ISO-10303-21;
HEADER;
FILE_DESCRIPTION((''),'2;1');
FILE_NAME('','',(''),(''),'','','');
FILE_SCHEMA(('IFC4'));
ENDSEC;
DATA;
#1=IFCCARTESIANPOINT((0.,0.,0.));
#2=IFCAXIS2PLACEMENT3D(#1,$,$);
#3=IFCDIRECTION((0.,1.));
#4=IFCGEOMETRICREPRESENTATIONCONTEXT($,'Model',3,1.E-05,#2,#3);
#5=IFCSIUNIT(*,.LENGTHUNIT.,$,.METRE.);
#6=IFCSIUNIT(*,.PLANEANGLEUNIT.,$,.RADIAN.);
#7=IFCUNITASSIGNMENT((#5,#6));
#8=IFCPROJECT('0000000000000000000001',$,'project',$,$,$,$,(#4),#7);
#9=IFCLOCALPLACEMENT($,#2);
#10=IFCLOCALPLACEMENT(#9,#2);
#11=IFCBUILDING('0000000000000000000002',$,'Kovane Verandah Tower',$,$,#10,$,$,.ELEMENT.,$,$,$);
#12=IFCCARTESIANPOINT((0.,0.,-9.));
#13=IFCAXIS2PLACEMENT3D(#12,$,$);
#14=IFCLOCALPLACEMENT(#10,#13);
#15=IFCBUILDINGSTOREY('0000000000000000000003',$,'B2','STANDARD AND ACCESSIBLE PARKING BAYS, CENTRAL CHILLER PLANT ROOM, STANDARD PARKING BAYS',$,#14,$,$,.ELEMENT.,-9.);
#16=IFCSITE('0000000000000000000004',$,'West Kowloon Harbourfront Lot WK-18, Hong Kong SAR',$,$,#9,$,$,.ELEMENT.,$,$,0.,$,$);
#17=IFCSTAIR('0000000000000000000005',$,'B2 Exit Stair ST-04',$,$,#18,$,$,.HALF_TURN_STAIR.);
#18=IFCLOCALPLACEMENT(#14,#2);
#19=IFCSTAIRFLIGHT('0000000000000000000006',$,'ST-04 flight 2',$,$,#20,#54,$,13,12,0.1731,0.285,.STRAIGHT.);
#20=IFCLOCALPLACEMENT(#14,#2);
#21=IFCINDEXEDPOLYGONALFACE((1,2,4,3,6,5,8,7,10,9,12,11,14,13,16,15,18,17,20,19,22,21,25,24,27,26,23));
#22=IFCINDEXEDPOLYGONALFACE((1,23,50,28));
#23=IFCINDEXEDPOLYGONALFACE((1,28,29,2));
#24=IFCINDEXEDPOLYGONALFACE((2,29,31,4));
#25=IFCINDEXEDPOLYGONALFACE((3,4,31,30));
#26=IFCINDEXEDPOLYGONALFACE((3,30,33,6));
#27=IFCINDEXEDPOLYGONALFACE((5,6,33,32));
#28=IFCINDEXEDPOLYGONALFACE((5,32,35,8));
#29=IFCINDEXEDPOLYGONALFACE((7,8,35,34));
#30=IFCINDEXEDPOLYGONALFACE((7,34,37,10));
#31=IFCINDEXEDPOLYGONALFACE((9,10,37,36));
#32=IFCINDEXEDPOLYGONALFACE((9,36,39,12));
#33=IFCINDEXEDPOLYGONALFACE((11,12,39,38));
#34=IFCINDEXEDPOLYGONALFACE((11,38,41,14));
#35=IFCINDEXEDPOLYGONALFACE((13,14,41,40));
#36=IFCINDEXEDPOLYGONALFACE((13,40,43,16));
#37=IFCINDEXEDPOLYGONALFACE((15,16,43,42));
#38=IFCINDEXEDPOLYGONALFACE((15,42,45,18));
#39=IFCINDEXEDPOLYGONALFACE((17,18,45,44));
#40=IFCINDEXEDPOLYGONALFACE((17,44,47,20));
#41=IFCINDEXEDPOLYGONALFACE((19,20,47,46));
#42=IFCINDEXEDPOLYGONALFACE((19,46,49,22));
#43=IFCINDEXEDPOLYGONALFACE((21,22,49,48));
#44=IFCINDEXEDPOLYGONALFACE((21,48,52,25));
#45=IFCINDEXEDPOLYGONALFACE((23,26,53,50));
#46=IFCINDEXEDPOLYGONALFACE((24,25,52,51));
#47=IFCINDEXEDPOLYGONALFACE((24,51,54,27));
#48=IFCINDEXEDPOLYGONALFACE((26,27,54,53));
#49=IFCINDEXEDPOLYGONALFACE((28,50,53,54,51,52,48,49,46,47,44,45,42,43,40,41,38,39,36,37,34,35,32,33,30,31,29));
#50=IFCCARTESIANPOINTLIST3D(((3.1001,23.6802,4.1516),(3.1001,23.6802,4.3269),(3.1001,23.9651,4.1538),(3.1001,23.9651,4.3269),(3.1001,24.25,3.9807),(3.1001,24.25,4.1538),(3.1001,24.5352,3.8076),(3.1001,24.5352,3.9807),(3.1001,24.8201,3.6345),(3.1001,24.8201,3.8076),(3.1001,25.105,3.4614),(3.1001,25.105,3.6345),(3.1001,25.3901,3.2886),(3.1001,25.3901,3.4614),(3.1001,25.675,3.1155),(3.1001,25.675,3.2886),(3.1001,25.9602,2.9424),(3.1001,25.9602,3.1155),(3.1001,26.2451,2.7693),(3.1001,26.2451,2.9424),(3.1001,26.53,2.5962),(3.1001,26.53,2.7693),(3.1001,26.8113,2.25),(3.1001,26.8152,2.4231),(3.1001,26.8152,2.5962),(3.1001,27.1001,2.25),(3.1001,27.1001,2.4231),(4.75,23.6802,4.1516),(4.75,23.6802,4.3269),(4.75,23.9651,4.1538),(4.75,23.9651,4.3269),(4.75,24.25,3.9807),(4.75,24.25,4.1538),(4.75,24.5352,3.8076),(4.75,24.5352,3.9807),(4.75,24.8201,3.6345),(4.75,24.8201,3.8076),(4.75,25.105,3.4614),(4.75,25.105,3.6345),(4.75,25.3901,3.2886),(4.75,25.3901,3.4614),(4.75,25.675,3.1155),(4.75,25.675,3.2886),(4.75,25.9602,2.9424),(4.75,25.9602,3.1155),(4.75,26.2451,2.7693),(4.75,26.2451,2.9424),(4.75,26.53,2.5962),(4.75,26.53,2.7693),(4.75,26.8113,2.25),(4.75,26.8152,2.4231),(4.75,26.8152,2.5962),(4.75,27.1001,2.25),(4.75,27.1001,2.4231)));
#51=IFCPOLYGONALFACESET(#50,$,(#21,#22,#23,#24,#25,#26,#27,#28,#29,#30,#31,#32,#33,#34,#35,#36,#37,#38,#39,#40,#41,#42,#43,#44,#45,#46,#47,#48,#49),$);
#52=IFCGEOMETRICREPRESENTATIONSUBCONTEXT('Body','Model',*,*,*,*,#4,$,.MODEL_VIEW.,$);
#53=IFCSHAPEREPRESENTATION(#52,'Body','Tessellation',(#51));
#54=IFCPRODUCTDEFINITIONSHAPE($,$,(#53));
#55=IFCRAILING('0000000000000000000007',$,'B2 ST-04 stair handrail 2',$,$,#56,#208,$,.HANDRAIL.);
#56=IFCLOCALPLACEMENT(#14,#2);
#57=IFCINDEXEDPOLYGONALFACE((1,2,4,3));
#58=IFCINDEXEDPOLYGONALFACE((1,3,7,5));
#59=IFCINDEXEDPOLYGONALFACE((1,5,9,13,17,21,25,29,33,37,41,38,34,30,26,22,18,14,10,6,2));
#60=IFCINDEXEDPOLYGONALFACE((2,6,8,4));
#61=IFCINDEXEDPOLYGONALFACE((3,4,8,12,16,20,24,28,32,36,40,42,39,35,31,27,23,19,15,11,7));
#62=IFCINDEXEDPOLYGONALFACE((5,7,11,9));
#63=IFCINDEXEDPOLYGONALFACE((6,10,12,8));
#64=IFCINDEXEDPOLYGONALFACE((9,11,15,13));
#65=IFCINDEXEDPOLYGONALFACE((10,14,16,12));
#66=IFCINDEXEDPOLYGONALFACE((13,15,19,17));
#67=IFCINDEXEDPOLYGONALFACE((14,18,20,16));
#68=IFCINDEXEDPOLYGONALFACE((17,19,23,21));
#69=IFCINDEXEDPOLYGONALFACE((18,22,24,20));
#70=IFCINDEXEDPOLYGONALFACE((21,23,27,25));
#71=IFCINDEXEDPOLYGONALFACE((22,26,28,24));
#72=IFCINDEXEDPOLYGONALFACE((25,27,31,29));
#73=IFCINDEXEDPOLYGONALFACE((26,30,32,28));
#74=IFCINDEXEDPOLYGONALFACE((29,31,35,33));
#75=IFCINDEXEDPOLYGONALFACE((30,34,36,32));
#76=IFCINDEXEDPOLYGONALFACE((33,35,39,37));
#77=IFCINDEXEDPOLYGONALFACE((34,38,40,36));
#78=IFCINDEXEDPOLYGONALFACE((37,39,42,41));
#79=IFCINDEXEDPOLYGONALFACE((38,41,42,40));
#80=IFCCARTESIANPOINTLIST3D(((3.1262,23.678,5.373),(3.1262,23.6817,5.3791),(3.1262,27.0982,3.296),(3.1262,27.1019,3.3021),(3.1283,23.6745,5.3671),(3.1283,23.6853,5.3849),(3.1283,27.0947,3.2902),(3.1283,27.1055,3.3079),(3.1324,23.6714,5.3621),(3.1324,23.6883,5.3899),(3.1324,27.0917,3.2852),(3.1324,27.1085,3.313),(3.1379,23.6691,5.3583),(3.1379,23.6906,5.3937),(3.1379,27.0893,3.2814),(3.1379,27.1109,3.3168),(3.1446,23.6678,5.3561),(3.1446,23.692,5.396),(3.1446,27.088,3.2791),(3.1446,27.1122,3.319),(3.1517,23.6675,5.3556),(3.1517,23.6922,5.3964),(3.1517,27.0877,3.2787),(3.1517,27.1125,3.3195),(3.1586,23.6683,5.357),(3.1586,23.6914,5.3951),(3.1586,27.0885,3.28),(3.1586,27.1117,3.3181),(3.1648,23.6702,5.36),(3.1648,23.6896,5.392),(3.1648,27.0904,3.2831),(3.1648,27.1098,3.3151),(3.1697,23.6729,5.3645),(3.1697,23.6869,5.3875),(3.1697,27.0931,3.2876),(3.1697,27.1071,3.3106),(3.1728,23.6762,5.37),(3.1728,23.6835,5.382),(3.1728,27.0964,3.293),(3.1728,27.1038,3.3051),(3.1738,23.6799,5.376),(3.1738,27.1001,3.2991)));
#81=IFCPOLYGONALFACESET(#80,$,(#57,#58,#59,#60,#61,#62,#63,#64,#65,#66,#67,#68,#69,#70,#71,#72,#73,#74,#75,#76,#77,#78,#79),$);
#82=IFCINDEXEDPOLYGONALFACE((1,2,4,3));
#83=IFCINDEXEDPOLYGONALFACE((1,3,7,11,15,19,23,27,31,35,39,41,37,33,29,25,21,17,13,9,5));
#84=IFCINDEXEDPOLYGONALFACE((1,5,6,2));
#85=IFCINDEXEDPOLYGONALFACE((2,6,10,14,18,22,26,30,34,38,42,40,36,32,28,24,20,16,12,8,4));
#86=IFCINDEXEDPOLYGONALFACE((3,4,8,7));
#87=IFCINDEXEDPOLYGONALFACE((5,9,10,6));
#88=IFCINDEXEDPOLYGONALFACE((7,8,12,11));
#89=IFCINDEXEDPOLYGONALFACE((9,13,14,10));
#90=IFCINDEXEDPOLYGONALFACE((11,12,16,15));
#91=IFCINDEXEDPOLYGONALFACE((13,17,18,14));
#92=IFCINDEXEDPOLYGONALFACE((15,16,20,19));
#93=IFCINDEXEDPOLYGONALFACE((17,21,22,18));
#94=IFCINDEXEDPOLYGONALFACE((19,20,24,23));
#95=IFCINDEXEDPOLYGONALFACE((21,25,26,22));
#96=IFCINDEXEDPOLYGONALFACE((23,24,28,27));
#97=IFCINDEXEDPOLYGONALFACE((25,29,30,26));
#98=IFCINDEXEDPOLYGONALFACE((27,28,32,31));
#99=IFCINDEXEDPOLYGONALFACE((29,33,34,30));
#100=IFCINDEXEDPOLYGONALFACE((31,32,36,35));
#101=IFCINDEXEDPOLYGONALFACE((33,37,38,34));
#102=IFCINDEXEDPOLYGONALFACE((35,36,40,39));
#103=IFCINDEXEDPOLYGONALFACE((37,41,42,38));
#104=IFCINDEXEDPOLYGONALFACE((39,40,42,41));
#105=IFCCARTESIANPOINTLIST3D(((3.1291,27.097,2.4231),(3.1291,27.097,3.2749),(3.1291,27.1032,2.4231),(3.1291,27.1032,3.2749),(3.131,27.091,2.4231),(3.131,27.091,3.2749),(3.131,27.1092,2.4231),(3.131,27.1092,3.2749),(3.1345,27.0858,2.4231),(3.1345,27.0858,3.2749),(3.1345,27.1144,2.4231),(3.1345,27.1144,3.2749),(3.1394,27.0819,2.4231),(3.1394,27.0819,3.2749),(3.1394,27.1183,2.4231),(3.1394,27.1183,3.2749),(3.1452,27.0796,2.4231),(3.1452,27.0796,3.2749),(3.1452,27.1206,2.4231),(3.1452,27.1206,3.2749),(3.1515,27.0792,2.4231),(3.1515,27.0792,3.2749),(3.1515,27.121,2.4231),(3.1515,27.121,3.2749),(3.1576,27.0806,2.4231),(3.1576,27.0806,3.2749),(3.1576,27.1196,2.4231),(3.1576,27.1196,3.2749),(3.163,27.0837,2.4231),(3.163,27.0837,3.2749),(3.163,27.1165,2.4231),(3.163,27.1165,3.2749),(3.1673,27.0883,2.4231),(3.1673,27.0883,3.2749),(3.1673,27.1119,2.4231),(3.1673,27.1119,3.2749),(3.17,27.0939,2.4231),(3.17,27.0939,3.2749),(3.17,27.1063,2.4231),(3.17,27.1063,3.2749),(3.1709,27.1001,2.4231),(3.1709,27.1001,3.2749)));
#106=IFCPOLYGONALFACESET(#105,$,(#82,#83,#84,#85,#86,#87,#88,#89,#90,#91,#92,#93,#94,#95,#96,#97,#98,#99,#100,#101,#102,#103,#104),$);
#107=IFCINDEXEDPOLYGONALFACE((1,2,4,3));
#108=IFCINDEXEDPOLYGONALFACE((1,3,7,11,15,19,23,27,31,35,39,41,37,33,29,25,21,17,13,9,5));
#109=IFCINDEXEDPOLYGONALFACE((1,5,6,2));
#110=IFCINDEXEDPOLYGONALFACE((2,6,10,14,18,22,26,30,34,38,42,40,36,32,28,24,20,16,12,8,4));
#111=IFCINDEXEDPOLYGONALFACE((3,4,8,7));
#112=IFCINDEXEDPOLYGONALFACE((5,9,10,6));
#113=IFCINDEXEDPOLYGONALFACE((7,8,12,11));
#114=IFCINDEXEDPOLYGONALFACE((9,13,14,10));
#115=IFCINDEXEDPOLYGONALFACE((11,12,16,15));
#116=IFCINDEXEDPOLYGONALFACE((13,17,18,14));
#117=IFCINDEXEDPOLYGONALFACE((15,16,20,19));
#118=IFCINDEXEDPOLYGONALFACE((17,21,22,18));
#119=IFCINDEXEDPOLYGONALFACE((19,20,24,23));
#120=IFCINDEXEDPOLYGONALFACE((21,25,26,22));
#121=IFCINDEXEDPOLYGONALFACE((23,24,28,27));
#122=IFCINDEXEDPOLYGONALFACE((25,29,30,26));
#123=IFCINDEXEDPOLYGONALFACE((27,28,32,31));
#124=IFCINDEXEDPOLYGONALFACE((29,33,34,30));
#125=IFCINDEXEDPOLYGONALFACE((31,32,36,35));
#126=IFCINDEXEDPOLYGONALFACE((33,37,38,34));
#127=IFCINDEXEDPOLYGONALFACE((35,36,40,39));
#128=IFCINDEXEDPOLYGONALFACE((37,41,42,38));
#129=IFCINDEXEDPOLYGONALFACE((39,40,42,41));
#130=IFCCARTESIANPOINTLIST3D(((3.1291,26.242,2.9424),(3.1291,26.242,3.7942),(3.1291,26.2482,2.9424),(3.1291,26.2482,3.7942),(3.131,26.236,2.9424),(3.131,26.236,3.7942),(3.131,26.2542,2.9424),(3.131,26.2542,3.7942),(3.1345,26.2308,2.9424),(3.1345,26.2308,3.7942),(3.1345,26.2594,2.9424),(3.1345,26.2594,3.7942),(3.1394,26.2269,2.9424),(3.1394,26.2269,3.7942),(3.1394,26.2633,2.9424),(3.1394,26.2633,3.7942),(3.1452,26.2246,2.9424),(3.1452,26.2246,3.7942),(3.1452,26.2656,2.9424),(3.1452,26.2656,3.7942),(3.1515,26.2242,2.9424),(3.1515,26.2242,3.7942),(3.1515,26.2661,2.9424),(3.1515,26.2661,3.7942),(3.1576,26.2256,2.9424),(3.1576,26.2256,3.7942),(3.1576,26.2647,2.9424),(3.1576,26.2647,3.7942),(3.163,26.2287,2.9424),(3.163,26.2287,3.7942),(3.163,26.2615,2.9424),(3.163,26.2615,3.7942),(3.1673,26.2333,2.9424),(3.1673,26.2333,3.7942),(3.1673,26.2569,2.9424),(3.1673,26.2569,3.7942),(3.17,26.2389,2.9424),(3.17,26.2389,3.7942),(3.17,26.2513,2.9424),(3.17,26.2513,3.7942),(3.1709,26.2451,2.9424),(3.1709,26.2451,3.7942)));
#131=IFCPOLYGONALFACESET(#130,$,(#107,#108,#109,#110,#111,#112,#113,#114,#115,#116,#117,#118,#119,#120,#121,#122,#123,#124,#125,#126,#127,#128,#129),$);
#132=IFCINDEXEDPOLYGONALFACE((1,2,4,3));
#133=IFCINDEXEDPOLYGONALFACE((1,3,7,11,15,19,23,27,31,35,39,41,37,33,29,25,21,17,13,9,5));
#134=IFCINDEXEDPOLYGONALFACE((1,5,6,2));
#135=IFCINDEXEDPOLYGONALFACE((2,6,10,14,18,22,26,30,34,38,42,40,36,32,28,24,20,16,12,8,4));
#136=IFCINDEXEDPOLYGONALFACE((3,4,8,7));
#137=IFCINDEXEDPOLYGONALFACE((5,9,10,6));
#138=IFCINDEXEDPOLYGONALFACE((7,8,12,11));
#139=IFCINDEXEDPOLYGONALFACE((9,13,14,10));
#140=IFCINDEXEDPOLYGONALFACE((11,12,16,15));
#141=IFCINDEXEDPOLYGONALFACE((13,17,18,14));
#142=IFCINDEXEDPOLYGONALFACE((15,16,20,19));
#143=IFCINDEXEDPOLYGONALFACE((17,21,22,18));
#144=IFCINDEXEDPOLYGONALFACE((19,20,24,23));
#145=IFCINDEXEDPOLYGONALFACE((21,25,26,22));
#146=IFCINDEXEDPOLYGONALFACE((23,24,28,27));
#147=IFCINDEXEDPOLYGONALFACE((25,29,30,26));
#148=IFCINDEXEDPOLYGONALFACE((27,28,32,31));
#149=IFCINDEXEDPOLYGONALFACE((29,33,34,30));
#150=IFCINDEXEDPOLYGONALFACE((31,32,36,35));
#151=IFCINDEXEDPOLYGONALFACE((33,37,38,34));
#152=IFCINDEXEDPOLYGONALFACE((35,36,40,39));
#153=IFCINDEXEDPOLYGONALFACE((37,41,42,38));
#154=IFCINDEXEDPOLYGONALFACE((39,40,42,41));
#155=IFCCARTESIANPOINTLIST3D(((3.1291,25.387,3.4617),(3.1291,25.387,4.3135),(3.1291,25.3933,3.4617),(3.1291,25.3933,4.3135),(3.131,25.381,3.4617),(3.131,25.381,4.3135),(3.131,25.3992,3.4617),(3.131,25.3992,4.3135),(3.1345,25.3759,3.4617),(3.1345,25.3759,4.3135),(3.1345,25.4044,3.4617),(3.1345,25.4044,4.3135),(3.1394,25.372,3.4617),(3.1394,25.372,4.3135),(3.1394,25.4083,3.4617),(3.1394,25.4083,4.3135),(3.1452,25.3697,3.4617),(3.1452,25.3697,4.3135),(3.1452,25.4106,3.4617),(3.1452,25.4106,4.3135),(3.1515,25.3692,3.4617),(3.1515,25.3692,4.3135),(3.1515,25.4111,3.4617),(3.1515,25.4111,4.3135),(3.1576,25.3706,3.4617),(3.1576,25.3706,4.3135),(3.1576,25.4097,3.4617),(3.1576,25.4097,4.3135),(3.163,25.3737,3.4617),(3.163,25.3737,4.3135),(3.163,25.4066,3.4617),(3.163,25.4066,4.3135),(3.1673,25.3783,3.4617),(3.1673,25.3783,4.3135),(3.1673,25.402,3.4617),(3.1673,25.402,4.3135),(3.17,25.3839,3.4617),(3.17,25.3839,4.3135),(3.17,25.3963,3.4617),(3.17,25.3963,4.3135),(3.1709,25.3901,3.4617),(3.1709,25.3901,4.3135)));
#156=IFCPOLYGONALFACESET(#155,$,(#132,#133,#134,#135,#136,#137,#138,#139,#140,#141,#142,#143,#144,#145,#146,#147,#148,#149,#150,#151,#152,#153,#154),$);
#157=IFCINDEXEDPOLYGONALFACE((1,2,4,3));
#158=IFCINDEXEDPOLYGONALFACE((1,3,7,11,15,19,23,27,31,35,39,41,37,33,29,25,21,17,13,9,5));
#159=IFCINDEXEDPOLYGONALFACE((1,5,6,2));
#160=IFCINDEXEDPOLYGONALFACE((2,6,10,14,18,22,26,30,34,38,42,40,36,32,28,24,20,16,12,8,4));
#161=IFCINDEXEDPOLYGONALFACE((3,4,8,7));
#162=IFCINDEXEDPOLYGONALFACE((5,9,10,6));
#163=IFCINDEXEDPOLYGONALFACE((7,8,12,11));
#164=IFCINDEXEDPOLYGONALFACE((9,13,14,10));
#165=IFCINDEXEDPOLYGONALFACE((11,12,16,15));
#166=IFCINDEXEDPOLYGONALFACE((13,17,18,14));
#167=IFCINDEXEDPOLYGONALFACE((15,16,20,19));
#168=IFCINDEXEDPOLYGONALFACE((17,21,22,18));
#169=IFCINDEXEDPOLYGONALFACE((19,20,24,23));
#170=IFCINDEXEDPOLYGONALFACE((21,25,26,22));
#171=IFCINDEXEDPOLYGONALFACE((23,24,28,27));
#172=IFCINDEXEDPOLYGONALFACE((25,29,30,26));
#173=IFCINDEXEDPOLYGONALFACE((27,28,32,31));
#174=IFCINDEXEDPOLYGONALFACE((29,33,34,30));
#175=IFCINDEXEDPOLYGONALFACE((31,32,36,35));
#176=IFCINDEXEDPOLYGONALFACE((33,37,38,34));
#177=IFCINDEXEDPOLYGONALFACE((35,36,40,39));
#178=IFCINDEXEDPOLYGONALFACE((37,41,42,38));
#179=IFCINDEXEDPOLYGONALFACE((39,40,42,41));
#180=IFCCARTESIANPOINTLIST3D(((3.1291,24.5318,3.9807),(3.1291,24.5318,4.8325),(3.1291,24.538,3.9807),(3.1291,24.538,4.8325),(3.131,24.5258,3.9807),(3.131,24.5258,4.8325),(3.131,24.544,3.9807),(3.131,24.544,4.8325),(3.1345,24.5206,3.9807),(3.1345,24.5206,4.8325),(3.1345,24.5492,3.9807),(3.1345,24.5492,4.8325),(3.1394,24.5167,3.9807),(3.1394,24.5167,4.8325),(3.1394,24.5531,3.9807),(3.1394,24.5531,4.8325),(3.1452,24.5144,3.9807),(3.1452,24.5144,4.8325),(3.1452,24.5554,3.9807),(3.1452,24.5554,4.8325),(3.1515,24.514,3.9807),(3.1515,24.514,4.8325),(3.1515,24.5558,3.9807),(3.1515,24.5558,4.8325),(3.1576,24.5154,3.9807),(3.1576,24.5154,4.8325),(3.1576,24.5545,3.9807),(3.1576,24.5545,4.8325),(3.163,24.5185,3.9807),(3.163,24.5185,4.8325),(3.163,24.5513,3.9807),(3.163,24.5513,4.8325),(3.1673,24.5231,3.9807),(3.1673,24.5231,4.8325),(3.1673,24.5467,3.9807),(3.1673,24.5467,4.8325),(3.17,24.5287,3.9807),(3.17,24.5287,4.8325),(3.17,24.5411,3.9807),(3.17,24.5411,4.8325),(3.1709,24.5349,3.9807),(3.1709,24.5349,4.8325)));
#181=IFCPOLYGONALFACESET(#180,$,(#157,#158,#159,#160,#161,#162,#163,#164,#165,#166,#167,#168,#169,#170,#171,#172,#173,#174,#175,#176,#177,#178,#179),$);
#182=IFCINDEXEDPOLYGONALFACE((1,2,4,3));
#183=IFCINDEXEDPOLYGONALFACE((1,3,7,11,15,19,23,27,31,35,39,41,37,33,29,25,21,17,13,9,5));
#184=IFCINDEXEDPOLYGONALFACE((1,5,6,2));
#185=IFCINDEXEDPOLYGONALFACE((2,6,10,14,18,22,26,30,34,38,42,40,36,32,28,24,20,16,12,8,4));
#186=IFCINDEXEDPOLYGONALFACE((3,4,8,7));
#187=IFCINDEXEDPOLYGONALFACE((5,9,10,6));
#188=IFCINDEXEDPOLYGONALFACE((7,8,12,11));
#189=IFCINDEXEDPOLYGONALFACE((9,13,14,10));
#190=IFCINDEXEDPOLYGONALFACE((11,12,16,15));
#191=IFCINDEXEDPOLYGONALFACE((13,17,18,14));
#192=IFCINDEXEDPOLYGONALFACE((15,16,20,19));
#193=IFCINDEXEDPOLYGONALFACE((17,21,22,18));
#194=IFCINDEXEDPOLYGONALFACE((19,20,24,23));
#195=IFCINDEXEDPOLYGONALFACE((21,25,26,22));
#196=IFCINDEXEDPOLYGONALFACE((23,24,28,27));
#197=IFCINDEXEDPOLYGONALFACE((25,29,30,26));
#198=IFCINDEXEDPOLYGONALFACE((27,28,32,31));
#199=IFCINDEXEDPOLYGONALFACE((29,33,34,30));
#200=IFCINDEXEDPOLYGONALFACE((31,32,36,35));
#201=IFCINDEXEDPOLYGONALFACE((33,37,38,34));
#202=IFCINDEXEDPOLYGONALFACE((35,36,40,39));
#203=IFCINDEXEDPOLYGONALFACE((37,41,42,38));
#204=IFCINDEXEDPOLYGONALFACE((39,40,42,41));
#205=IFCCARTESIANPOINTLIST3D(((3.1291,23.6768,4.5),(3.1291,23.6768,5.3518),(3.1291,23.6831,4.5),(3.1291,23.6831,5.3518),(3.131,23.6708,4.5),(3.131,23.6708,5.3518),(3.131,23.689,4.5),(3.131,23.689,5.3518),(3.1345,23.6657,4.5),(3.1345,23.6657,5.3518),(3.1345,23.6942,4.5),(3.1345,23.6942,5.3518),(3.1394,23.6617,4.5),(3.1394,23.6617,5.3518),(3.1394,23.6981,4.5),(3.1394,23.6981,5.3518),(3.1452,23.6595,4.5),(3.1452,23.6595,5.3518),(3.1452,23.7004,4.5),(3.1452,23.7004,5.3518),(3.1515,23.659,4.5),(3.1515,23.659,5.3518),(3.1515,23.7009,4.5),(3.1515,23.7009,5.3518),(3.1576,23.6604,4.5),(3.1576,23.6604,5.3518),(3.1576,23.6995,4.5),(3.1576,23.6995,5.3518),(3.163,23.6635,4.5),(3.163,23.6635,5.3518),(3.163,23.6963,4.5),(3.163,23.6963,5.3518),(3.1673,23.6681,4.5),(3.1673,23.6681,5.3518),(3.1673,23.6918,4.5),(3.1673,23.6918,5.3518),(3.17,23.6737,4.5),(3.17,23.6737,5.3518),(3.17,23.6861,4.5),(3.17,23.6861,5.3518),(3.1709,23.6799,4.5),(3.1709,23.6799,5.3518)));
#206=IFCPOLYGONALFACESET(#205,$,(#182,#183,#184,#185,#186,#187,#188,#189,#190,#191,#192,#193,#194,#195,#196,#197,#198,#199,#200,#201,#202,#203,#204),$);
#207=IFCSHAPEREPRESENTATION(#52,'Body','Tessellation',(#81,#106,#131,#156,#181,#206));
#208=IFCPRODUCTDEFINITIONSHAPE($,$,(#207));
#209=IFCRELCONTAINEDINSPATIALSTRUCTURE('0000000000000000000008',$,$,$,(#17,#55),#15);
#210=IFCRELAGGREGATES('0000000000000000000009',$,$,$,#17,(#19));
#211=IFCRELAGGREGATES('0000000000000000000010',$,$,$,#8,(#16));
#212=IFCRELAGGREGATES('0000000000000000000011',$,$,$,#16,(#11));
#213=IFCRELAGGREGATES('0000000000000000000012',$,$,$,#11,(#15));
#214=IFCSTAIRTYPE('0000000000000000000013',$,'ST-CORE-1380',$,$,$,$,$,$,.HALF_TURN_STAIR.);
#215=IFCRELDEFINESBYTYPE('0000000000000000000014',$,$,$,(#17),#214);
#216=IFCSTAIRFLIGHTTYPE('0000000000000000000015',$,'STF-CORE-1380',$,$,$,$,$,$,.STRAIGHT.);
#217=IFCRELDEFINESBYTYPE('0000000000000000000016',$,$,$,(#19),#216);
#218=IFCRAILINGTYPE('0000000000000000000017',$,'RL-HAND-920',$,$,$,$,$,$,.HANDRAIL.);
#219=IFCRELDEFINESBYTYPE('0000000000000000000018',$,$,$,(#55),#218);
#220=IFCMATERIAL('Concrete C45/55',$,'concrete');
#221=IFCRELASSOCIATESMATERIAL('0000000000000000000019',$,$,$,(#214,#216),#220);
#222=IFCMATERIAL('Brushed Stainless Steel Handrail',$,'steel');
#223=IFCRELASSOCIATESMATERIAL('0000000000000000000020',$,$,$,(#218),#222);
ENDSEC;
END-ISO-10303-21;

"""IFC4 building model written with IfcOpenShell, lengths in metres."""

from ifc_helpers import new_model, si_unit, direction, frame, origin, origin_2d, place, context, subcontext, project, spatial, polyline, circle, outline, extrude, material, type_object, element, aggregate, save


model = new_model("IFC4")

# Units and contexts
model_context = context("Model", 3, precision=1e-05, world=origin(), true_north=direction((0.0, 1.0)))
body_context = subcontext(model_context, "Body", "Model", "MODEL_VIEW")
ifc_project = project(units=[si_unit("LENGTHUNIT", "METRE"), si_unit("PLANEANGLEUNIT", "RADIAN")], contexts=[model_context])

# Site, building, storey
site_placement = place(None, origin())
site = spatial("IfcSite", under=ifc_project, at=site_placement, Name="West Kowloon Harbourfront Lot WK-18, Hong Kong SAR", CompositionType="ELEMENT", RefElevation=0.0)
building_placement = place(site_placement, origin())
building = spatial("IfcBuilding", under=site, at=building_placement, Name="Kovane Verandah Tower", CompositionType="ELEMENT")
storey_placement = place(building_placement, frame((0.0, 0.0, -9.0)))
storey = spatial("IfcBuildingStorey", under=building, at=storey_placement, Name="B2", Description="STANDARD AND ACCESSIBLE PARKING BAYS, CENTRAL CHILLER PLANT ROOM, STANDARD PARKING BAYS", CompositionType="ELEMENT", Elevation=-9.0)

# Shared definitions
ifc_material_1 = material(Name="Concrete C45/55", Category="concrete")

# Stair, stair flight
stair_type = type_object("IfcStairType", Name="ST-CORE-1380", PredefinedType="HALF_TURN_STAIR", material=ifc_material_1)
stair_placement = place(storey_placement, origin())
stair = element("IfcStair", 1, at=stair_placement, inside=storey, type_object=stair_type, Name="B2 Exit Stair ST-04", PredefinedType="HALF_TURN_STAIR")
stair_flight_type = type_object("IfcStairFlightType", Name="STF-CORE-1380", PredefinedType="STRAIGHT", material=ifc_material_1)
stair_flight_placement = place(storey_placement, frame((3.925, 27.1001, 2.25), z_axis=(0.0, 0.0, 1.0), x_axis=(0.0, -1.0, 0.0)))
stair_flight = element("IfcStairFlight", 2, at=stair_flight_placement, type_object=stair_flight_type, Name="ST-04 flight 2", NumberOfRisers=13, NumberOfTreads=12, PredefinedType="STRAIGHT", RiserHeight=0.1731, TreadLength=0.285, context=body_context, shape_type="SweptSolid", body=[
    extrude(outline(polyline([(0.0, 0.0), (0.0, 0.1731), (0.2849, 0.1731), (0.2849, 0.3462), (0.5701, 0.3462), (0.5701, 0.5193), (0.855, 0.5193), (0.855, 0.6924), (1.1399, 0.6924), (1.1399, 0.8655), (1.425, 0.8655), (1.425, 1.0386), (1.71, 1.0386), (1.71, 1.2114), (1.9951, 1.2114), (1.9951, 1.3845), (2.28, 1.3845), (2.28, 1.5576), (2.5649, 1.5576), (2.5649, 1.7307), (2.8501, 1.7307), (2.8501, 1.9038), (3.135, 1.9038), (3.135, 2.0769), (3.4199, 2.0769), (3.4199, 2.25), (3.4199, 1.9016), (0.2888, 0.0), (0.0, 0.0)])), frame((0.0, 0.825, 0.0), z_axis=(0.0, -1.0, 0.0), x_axis=(1.0, 0.0, 0.0)), (0.0, 0.0, 1.0), 1.6499),
])
aggregate(stair, [stair_flight])

# Railing
ifc_material_2 = material(Name="Brushed Stainless Steel Handrail", Category="steel")
railing_type_1 = type_object("IfcRailingType", Name="RL-HAND-920", PredefinedType="HANDRAIL", material=ifc_material_2)
railing_1_placement = place(storey_placement, frame((3.1499, 27.1001, 2.4231)))
element("IfcRailing", 3, at=railing_1_placement, inside=storey, type_object=railing_type_1, Name="B2 ST-04 stair handrail 2", PredefinedType="HANDRAIL", context=body_context, shape_type="SweptSolid", body=[
    extrude(circle(Radius=0.0239, at=origin_2d()), frame((0.0, 0.0, 0.876), z_axis=(0.0, -0.854746, 0.519047), x_axis=(1.0, 0.0, 0.0)), (0.0, 0.0, 1.0), 4.0015),
    extrude(circle(Radius=0.021, at=origin_2d()), origin(), (0.0, 0.0, 1.0), 0.8518),
    extrude(circle(Radius=0.021, at=origin_2d()), frame((0.0, -0.855, 0.5193)), (0.0, 0.0, 1.0), 0.8518),
    extrude(circle(Radius=0.021, at=origin_2d()), frame((0.0, -1.71, 1.0386)), (0.0, 0.0, 1.0), 0.8518),
    extrude(circle(Radius=0.021, at=origin_2d()), frame((0.0, -2.5652, 1.5576)), (0.0, 0.0, 1.0), 0.8518),
    extrude(circle(Radius=0.021, at=origin_2d()), frame((0.0, -3.4202, 2.0769)), (0.0, 0.0, 1.0), 0.8518),
])

save(model, "model.ifc")
